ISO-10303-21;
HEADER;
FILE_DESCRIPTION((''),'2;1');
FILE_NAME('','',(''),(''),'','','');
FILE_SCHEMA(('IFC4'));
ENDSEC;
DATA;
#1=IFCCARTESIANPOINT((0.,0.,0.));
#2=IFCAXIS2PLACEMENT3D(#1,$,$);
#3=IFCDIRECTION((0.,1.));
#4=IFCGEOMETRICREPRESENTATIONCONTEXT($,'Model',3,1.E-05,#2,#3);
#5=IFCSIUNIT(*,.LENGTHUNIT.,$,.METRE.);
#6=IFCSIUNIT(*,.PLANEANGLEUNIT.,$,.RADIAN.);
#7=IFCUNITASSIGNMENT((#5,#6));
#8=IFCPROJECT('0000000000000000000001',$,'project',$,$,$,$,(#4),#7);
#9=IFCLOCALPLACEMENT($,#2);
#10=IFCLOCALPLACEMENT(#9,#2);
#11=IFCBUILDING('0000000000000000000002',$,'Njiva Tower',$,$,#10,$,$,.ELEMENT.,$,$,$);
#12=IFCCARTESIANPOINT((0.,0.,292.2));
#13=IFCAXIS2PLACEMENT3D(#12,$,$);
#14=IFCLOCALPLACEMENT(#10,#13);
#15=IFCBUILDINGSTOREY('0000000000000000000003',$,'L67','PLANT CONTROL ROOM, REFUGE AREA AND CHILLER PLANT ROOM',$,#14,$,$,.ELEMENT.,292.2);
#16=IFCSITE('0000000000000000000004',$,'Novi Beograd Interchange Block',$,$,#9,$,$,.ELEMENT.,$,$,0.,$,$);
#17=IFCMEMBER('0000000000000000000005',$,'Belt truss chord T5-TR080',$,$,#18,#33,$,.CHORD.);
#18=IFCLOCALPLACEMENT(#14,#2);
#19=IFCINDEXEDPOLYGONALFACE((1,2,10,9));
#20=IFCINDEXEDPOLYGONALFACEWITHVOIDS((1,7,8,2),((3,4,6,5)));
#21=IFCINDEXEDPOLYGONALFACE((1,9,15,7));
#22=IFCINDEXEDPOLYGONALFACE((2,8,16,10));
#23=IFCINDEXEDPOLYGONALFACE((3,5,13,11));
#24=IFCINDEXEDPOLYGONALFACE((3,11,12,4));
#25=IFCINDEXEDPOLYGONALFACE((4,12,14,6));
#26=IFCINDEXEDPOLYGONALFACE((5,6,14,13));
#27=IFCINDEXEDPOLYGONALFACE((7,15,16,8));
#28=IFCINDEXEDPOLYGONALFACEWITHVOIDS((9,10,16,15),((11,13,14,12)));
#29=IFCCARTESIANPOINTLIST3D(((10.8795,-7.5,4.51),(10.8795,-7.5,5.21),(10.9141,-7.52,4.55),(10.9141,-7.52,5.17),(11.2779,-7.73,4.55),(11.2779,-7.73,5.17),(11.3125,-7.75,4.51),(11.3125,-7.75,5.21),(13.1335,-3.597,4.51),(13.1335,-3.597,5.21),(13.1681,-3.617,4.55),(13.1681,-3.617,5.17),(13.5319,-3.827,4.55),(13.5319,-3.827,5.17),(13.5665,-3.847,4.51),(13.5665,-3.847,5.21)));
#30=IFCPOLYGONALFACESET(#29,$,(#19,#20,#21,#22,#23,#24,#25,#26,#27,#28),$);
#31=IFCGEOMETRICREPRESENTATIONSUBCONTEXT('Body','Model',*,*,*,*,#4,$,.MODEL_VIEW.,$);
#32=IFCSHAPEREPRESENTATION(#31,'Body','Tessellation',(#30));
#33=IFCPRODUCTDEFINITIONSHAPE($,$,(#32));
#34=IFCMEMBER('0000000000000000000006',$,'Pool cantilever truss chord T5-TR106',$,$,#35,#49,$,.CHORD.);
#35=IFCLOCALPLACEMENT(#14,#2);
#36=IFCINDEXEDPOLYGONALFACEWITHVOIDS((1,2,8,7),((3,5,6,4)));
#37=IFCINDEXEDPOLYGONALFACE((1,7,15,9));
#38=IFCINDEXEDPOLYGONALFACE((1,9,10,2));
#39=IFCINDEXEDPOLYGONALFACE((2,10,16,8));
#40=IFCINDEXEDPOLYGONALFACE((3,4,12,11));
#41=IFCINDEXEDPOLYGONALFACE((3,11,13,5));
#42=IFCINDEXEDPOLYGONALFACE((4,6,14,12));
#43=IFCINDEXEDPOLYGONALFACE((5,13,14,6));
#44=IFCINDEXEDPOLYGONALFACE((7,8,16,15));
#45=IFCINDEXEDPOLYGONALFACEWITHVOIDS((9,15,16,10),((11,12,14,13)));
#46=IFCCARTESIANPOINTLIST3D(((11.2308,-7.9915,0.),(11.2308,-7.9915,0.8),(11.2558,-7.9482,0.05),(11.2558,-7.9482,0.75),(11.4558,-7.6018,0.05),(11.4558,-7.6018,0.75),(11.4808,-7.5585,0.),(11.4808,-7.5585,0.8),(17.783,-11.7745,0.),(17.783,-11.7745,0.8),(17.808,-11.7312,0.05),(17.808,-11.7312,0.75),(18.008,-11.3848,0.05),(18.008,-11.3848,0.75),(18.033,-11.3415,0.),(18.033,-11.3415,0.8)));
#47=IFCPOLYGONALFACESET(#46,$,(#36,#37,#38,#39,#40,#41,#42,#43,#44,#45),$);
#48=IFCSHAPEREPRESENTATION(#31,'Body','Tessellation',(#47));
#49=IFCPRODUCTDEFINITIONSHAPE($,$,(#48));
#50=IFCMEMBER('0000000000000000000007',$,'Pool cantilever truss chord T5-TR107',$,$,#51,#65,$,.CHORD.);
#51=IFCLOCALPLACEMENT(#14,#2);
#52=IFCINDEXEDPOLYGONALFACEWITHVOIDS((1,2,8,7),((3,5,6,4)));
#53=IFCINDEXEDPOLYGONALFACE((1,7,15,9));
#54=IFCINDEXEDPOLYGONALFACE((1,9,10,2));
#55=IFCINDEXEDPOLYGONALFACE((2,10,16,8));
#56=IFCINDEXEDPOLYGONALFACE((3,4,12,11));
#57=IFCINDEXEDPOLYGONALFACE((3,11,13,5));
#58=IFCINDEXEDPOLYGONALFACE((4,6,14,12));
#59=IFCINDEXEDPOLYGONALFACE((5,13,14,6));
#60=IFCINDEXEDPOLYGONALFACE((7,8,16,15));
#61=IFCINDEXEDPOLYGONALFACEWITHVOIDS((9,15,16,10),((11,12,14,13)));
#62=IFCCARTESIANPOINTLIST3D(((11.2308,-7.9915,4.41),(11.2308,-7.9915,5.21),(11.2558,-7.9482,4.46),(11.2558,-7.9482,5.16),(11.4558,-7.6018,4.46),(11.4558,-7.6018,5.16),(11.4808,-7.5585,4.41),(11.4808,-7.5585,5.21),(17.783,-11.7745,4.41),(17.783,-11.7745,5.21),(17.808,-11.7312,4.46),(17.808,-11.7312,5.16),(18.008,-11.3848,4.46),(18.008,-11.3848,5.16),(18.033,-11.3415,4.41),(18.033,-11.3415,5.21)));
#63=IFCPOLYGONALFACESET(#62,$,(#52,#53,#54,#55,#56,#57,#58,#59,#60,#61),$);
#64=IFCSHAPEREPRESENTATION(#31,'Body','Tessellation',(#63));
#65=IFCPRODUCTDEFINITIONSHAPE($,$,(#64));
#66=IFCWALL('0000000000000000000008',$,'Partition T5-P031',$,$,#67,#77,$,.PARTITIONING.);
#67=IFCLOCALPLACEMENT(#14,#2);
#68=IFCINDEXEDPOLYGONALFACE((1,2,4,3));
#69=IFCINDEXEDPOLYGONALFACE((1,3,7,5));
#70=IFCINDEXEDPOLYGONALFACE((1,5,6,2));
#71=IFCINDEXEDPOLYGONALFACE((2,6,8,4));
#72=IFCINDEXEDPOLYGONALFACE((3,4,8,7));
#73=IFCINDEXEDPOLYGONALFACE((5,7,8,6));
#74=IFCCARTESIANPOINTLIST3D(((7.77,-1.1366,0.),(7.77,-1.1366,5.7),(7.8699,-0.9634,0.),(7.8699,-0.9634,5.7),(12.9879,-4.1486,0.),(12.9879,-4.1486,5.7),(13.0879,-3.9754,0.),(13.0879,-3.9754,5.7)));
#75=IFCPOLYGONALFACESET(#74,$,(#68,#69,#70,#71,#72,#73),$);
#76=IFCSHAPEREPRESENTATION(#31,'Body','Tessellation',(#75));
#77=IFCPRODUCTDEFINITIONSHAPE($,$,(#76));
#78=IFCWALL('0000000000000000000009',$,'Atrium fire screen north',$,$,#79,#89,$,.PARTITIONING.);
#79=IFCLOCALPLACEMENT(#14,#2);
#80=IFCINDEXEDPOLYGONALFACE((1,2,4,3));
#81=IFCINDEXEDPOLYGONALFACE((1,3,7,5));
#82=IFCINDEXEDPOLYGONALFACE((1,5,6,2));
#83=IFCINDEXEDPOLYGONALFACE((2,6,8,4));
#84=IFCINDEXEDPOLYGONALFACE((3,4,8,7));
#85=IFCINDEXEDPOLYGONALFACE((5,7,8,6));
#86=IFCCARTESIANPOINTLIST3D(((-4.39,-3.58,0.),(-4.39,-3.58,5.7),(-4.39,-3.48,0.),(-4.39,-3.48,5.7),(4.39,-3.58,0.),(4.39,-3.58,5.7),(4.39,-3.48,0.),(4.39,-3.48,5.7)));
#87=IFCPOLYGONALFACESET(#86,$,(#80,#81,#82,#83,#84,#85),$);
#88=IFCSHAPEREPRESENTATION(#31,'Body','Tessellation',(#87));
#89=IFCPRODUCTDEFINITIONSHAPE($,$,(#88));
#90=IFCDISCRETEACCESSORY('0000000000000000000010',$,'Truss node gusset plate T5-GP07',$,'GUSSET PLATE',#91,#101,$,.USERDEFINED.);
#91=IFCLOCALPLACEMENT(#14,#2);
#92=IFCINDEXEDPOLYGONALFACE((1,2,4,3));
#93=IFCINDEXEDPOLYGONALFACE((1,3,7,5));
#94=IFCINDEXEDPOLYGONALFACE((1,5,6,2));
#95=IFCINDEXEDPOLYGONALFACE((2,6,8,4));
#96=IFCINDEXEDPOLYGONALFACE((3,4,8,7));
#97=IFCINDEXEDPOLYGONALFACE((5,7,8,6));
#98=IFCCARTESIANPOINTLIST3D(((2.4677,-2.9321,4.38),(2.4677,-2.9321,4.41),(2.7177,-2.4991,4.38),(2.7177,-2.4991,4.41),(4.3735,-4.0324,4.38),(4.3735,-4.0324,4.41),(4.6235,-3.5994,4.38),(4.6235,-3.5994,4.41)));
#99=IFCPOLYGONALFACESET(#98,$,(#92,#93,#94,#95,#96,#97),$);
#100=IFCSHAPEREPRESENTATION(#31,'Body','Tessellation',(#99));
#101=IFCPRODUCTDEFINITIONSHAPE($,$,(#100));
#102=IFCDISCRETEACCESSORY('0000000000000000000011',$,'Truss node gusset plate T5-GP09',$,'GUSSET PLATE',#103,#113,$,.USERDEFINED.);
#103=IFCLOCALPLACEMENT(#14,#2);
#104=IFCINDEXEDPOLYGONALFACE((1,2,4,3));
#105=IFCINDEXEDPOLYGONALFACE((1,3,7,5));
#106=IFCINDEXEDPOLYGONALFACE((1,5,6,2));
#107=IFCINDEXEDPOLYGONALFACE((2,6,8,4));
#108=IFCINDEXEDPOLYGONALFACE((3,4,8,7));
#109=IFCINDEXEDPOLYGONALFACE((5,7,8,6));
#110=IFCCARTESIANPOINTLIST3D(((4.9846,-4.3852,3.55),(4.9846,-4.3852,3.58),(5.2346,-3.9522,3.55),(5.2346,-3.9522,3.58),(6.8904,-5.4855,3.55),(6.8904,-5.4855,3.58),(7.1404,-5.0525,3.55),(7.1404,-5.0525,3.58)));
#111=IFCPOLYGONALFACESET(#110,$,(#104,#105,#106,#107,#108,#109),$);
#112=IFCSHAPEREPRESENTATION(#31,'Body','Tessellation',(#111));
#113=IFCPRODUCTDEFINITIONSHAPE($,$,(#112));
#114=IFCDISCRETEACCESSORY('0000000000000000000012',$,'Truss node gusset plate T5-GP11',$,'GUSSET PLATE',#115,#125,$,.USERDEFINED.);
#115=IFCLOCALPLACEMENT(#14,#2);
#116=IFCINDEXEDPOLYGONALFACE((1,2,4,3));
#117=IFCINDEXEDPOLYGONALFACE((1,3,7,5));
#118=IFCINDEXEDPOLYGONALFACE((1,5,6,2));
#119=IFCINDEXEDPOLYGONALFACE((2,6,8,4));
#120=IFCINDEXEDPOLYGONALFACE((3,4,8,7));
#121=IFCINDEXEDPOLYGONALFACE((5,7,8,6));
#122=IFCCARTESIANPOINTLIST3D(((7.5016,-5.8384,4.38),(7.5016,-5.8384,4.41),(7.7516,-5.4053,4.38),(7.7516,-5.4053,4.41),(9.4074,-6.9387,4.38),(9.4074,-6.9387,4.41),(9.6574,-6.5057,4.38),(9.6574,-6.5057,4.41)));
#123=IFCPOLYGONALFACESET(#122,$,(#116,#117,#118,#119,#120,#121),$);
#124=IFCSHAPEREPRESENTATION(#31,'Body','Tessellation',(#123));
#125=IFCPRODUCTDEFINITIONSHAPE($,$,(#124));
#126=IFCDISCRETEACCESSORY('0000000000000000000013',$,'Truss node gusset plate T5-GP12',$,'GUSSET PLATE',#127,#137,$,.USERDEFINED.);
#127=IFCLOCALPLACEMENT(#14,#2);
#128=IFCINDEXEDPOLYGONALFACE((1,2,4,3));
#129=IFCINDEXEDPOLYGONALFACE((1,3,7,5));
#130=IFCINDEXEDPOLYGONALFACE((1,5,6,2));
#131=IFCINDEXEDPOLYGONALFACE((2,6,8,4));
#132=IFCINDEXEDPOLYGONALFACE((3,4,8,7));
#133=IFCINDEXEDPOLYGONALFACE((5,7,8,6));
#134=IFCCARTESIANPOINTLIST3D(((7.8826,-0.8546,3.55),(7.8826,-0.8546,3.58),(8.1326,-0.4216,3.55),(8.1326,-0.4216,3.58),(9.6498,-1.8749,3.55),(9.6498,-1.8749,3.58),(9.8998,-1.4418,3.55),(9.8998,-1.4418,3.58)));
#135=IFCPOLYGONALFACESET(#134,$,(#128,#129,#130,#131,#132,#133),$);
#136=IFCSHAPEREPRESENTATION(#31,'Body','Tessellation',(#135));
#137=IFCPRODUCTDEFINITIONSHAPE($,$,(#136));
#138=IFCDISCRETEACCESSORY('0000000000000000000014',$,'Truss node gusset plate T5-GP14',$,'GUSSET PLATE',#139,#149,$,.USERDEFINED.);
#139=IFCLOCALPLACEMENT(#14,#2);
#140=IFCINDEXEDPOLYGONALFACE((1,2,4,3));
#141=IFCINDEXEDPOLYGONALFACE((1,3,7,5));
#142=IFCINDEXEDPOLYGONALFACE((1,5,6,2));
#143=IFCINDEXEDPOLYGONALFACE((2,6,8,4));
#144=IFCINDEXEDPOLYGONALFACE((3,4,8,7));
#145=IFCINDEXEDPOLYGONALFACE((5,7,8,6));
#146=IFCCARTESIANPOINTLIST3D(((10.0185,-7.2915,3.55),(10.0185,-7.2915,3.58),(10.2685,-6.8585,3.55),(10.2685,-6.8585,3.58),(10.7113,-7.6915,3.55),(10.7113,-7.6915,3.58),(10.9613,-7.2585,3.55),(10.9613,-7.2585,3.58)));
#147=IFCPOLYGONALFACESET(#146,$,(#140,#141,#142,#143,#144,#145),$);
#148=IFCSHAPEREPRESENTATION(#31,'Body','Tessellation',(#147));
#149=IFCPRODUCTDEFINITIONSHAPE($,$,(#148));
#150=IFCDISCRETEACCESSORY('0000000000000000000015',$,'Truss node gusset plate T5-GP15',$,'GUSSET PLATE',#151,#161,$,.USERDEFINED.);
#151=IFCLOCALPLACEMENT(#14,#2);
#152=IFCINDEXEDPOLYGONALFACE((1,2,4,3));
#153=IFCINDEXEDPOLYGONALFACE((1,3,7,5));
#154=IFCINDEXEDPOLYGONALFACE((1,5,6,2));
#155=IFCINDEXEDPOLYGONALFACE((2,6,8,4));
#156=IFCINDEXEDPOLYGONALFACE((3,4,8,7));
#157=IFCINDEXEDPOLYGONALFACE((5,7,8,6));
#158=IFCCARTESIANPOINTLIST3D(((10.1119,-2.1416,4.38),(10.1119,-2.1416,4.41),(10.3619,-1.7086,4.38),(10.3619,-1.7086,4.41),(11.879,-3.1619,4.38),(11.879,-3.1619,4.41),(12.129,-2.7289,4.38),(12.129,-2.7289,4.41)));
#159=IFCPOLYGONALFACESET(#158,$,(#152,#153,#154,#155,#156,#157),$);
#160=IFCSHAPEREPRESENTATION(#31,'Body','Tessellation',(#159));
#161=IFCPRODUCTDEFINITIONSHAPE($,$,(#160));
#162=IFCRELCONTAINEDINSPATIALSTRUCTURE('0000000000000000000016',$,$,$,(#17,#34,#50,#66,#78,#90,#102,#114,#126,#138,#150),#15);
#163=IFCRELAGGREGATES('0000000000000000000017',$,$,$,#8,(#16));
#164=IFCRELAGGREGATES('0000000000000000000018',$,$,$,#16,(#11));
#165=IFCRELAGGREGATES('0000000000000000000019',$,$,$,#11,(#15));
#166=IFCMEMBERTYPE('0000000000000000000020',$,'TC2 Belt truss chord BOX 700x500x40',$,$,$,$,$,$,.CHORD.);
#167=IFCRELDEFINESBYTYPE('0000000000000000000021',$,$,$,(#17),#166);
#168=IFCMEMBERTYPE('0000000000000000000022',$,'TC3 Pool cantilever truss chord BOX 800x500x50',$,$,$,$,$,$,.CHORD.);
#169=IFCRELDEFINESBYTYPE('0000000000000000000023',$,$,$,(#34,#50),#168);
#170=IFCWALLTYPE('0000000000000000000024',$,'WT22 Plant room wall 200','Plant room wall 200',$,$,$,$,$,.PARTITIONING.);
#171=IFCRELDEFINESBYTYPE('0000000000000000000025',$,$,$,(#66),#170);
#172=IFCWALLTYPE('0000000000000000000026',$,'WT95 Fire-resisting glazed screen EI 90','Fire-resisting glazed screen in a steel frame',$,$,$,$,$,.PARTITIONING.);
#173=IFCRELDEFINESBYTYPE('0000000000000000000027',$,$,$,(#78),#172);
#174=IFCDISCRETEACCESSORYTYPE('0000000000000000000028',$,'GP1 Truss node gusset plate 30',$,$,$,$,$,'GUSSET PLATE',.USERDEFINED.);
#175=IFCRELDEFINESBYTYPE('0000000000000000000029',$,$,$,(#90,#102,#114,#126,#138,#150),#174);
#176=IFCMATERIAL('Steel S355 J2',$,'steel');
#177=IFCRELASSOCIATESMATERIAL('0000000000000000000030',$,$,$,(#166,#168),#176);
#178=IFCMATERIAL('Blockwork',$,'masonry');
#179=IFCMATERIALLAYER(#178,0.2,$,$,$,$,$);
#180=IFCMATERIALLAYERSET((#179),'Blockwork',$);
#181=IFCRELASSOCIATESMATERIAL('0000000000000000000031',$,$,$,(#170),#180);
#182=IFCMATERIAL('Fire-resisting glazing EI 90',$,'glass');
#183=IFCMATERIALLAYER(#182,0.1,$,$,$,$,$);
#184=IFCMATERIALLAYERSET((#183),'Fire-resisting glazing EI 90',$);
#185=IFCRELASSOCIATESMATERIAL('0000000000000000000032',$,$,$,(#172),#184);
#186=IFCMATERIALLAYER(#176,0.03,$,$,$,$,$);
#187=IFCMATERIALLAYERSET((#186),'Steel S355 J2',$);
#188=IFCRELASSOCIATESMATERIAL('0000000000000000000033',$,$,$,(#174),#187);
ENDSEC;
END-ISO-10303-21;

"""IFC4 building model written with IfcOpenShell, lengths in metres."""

from ifc_helpers import new_model, si_unit, direction, frame, frame_2d, origin, origin_2d, place, context, subcontext, project, spatial, polyline, rectangle, hollow_rectangle, outline, extrude, clip, halfspace, material, layer, layer_set, material_profile, profile_set, type_object, element, save


model = new_model("IFC4")

# Units and contexts
model_context = context("Model", 3, precision=1e-05, world=origin(), true_north=direction((0.0, 1.0)))
body_context = subcontext(model_context, "Body", "Model", "MODEL_VIEW")
ifc_project = project(units=[si_unit("LENGTHUNIT", "METRE"), si_unit("PLANEANGLEUNIT", "RADIAN")], contexts=[model_context])

# Site, building, storey
site_placement = place(None, origin())
site = spatial("IfcSite", under=ifc_project, at=site_placement, Name="Novi Beograd Interchange Block", CompositionType="ELEMENT", RefElevation=0.0)
building_placement = place(site_placement, origin())
building = spatial("IfcBuilding", under=site, at=building_placement, Name="Njiva Tower", CompositionType="ELEMENT")
storey_placement = place(building_placement, frame((0.0, 0.0, 292.2)))
storey = spatial("IfcBuildingStorey", under=building, at=storey_placement, Name="L67", Description="PLANT CONTROL ROOM, REFUGE AREA AND CHILLER PLANT ROOM", CompositionType="ELEMENT", Elevation=292.2)

# Shared definitions
ifc_material_1 = material(Name="Steel S355 J2", Category="steel")

# Members
ifc_material_profile_1 = material_profile(ifc_material_1, hollow_rectangle(XDim=0.5, YDim=0.7, WallThickness=0.04, at=origin_2d()), Name="BOX 700x500x40")
ifc_profile_set_1 = profile_set([ifc_material_profile_1], Name="Steel S355 J2")
member_type_1 = type_object("IfcMemberType", Name="TC2 Belt truss chord BOX 700x500x40", PredefinedType="CHORD", material=ifc_profile_set_1)
for number, where, z_axis, x_axis, name in (
    (1, (11.096, -7.625, 4.86), (0.5001, 0.865968, 0.0), (-0.865968, 0.5001, 0.0), "Belt truss chord T5-TR080"),
):
    element("IfcMember", number, at=place(storey_placement, frame(where, z_axis=z_axis, x_axis=x_axis)), inside=storey, type_object=member_type_1, Name=name, PredefinedType="CHORD", context=body_context, shape_type="SweptSolid", body=[
        extrude(hollow_rectangle(XDim=0.5, YDim=0.7, WallThickness=0.04, at=origin_2d()), origin(), (0.0, 0.0, 1.0), 4.5071),
    ])
ifc_material_profile_2 = material_profile(ifc_material_1, hollow_rectangle(XDim=0.5, YDim=0.8, WallThickness=0.05, at=origin_2d()), Name="BOX 800x500x50")
ifc_profile_set_2 = profile_set([ifc_material_profile_2], Name="Steel S355 J2")
member_type_2 = type_object("IfcMemberType", Name="TC3 Pool cantilever truss chord BOX 800x500x50", PredefinedType="CHORD", material=ifc_profile_set_2)
for number, where, z_axis, x_axis, name in (
    (2, (11.07, -7.61, 0.4), (0.86602, -0.500009, 0.0), (0.500009, 0.86602, 0.0), "Pool cantilever truss chord T5-TR106"),
    (3, (11.07, -7.61, 4.81), (0.86602, -0.500009, 0.0), (0.500009, 0.86602, 0.0), "Pool cantilever truss chord T5-TR107"),
):
    element("IfcMember", number, at=place(storey_placement, frame(where, z_axis=z_axis, x_axis=x_axis)), inside=storey, type_object=member_type_2, Name=name, PredefinedType="CHORD", context=body_context, shape_type="Clipping", body=[
        clip(extrude(hollow_rectangle(XDim=0.5, YDim=0.8, WallThickness=0.05, at=origin_2d()), origin(), (0.0, 0.0, 1.0), 7.8959), halfspace(frame((0.0, 0.0, 0.33), z_axis=(-0.000012, 0.0, -1.0), x_axis=(0.0, -1.0, 0.0)), False)),
    ])

# Walls
ifc_material_2 = material(Name="Blockwork", Category="masonry")
ifc_layer_1 = layer(ifc_material_2, 0.2)
ifc_layer_set_1 = layer_set([ifc_layer_1], Name="Blockwork")
wall_type_1 = type_object("IfcWallType", Name="WT22 Plant room wall 200", Description="Plant room wall 200", PredefinedType="PARTITIONING", material=ifc_layer_set_1)
wall_1_placement = place(storey_placement, frame((7.82, -1.05, 0.0), z_axis=(0.0, 0.0, 1.0), x_axis=(0.86607, -0.499924, 0.0)))
element("IfcWall", 4, at=wall_1_placement, inside=storey, type_object=wall_type_1, Name="Partition T5-P031", PredefinedType="PARTITIONING", context=body_context, shape_type="SweptSolid", body=[
    extrude(rectangle(XDim=6.0249, YDim=0.2, at=frame_2d((3.0124, 0.0))), origin(), (0.0, 0.0, 1.0), 5.7),
])
ifc_material_3 = material(Name="Fire-resisting glazing EI 90", Category="glass")
ifc_layer_2 = layer(ifc_material_3, 0.1)
ifc_layer_set_2 = layer_set([ifc_layer_2], Name="Fire-resisting glazing EI 90")
wall_type_2 = type_object("IfcWallType", Name="WT95 Fire-resisting glazed screen EI 90", Description="Fire-resisting glazed screen in a steel frame", PredefinedType="PARTITIONING", material=ifc_layer_set_2)
wall_2_placement = place(storey_placement, frame((4.39, -3.53, 0.0), z_axis=(0.0, 0.0, 1.0), x_axis=(-1.0, 0.0, 0.0)))
element("IfcWall", 5, at=wall_2_placement, inside=storey, type_object=wall_type_2, Name="Atrium fire screen north", PredefinedType="PARTITIONING", context=body_context, shape_type="SweptSolid", body=[
    extrude(rectangle(XDim=8.78, YDim=0.1, at=frame_2d((4.39, 0.0))), origin(), (0.0, 0.0, 1.0), 5.7),
])

# Discrete accessories
ifc_layer_3 = layer(ifc_material_1, 0.03)
ifc_layer_set_3 = layer_set([ifc_layer_3], Name="Steel S355 J2")
discrete_accessory_type = type_object("IfcDiscreteAccessoryType", Name="GP1 Truss node gusset plate 30", ElementType="GUSSET PLATE", PredefinedType="USERDEFINED", material=ifc_layer_set_3)
discrete_accessory_1_placement = place(storey_placement, frame((3.5456, -3.2658, 4.38)))
element("IfcDiscreteAccessory", 6, at=discrete_accessory_1_placement, inside=storey, type_object=discrete_accessory_type, Name="Truss node gusset plate T5-GP07", ObjectType="GUSSET PLATE", PredefinedType="USERDEFINED", context=body_context, shape_type="SweptSolid", body=[
    extrude(outline(polyline([(-1.0779, 0.3337), (0.8279, -0.7666), (1.0779, -0.3336), (-0.8279, 0.7667), (-1.0779, 0.3337)])), origin(), (0.0, 0.0, 1.0), 0.03),
])
discrete_accessory_2_placement = place(storey_placement, frame((6.0625, -4.7188, 3.55)))
element("IfcDiscreteAccessory", 7, at=discrete_accessory_2_placement, inside=storey, type_object=discrete_accessory_type, Name="Truss node gusset plate T5-GP09", ObjectType="GUSSET PLATE", PredefinedType="USERDEFINED", context=body_context, shape_type="SweptSolid", body=[
    extrude(outline(polyline([(-1.0779, 0.3336), (0.8279, -0.7667), (1.0779, -0.3337), (-0.8279, 0.7666), (-1.0779, 0.3336)])), origin(), (0.0, 0.0, 1.0), 0.03),
])
discrete_accessory_3_placement = place(storey_placement, frame((8.5795, -6.172, 4.38)))
element("IfcDiscreteAccessory", 8, at=discrete_accessory_3_placement, inside=storey, type_object=discrete_accessory_type, Name="Truss node gusset plate T5-GP11", ObjectType="GUSSET PLATE", PredefinedType="USERDEFINED", context=body_context, shape_type="SweptSolid", body=[
    extrude(outline(polyline([(-1.0779, 0.3336), (0.8279, -0.7667), (1.0779, -0.3337), (-0.8279, 0.7667), (-1.0779, 0.3336)])), origin(), (0.0, 0.0, 1.0), 0.03),
])
discrete_accessory_4_placement = place(storey_placement, frame((8.8912, -1.1482, 3.55)))
element("IfcDiscreteAccessory", 9, at=discrete_accessory_4_placement, inside=storey, type_object=discrete_accessory_type, Name="Truss node gusset plate T5-GP12", ObjectType="GUSSET PLATE", PredefinedType="USERDEFINED", context=body_context, shape_type="SweptSolid", body=[
    extrude(outline(polyline([(-1.0086, 0.2936), (0.7586, -0.7267), (1.0086, -0.2936), (-0.7586, 0.7266), (-1.0086, 0.2936)])), origin(), (0.0, 0.0, 1.0), 0.03),
])
discrete_accessory_5_placement = place(storey_placement, frame((10.4899, -7.275, 3.55)))
element("IfcDiscreteAccessory", 10, at=discrete_accessory_5_placement, inside=storey, type_object=discrete_accessory_type, Name="Truss node gusset plate T5-GP14", ObjectType="GUSSET PLATE", PredefinedType="USERDEFINED", context=body_context, shape_type="SweptSolid", body=[
    extrude(outline(polyline([(0.4714, 0.0165), (-0.2214, 0.4165), (-0.4714, -0.0165), (0.2214, -0.4165), (0.4714, 0.0165)])), origin(), (0.0, 0.0, 1.0), 0.03),
])
discrete_accessory_6_placement = place(storey_placement, frame((11.1204, -2.4352, 4.38)))
element("IfcDiscreteAccessory", 11, at=discrete_accessory_6_placement, inside=storey, type_object=discrete_accessory_type, Name="Truss node gusset plate T5-GP15", ObjectType="GUSSET PLATE", PredefinedType="USERDEFINED", context=body_context, shape_type="SweptSolid", body=[
    extrude(outline(polyline([(-1.0085, 0.2936), (0.7586, -0.7267), (1.0086, -0.2937), (-0.7585, 0.7266), (-1.0085, 0.2936)])), origin(), (0.0, 0.0, 1.0), 0.03),
])

save(model, "model.ifc")
